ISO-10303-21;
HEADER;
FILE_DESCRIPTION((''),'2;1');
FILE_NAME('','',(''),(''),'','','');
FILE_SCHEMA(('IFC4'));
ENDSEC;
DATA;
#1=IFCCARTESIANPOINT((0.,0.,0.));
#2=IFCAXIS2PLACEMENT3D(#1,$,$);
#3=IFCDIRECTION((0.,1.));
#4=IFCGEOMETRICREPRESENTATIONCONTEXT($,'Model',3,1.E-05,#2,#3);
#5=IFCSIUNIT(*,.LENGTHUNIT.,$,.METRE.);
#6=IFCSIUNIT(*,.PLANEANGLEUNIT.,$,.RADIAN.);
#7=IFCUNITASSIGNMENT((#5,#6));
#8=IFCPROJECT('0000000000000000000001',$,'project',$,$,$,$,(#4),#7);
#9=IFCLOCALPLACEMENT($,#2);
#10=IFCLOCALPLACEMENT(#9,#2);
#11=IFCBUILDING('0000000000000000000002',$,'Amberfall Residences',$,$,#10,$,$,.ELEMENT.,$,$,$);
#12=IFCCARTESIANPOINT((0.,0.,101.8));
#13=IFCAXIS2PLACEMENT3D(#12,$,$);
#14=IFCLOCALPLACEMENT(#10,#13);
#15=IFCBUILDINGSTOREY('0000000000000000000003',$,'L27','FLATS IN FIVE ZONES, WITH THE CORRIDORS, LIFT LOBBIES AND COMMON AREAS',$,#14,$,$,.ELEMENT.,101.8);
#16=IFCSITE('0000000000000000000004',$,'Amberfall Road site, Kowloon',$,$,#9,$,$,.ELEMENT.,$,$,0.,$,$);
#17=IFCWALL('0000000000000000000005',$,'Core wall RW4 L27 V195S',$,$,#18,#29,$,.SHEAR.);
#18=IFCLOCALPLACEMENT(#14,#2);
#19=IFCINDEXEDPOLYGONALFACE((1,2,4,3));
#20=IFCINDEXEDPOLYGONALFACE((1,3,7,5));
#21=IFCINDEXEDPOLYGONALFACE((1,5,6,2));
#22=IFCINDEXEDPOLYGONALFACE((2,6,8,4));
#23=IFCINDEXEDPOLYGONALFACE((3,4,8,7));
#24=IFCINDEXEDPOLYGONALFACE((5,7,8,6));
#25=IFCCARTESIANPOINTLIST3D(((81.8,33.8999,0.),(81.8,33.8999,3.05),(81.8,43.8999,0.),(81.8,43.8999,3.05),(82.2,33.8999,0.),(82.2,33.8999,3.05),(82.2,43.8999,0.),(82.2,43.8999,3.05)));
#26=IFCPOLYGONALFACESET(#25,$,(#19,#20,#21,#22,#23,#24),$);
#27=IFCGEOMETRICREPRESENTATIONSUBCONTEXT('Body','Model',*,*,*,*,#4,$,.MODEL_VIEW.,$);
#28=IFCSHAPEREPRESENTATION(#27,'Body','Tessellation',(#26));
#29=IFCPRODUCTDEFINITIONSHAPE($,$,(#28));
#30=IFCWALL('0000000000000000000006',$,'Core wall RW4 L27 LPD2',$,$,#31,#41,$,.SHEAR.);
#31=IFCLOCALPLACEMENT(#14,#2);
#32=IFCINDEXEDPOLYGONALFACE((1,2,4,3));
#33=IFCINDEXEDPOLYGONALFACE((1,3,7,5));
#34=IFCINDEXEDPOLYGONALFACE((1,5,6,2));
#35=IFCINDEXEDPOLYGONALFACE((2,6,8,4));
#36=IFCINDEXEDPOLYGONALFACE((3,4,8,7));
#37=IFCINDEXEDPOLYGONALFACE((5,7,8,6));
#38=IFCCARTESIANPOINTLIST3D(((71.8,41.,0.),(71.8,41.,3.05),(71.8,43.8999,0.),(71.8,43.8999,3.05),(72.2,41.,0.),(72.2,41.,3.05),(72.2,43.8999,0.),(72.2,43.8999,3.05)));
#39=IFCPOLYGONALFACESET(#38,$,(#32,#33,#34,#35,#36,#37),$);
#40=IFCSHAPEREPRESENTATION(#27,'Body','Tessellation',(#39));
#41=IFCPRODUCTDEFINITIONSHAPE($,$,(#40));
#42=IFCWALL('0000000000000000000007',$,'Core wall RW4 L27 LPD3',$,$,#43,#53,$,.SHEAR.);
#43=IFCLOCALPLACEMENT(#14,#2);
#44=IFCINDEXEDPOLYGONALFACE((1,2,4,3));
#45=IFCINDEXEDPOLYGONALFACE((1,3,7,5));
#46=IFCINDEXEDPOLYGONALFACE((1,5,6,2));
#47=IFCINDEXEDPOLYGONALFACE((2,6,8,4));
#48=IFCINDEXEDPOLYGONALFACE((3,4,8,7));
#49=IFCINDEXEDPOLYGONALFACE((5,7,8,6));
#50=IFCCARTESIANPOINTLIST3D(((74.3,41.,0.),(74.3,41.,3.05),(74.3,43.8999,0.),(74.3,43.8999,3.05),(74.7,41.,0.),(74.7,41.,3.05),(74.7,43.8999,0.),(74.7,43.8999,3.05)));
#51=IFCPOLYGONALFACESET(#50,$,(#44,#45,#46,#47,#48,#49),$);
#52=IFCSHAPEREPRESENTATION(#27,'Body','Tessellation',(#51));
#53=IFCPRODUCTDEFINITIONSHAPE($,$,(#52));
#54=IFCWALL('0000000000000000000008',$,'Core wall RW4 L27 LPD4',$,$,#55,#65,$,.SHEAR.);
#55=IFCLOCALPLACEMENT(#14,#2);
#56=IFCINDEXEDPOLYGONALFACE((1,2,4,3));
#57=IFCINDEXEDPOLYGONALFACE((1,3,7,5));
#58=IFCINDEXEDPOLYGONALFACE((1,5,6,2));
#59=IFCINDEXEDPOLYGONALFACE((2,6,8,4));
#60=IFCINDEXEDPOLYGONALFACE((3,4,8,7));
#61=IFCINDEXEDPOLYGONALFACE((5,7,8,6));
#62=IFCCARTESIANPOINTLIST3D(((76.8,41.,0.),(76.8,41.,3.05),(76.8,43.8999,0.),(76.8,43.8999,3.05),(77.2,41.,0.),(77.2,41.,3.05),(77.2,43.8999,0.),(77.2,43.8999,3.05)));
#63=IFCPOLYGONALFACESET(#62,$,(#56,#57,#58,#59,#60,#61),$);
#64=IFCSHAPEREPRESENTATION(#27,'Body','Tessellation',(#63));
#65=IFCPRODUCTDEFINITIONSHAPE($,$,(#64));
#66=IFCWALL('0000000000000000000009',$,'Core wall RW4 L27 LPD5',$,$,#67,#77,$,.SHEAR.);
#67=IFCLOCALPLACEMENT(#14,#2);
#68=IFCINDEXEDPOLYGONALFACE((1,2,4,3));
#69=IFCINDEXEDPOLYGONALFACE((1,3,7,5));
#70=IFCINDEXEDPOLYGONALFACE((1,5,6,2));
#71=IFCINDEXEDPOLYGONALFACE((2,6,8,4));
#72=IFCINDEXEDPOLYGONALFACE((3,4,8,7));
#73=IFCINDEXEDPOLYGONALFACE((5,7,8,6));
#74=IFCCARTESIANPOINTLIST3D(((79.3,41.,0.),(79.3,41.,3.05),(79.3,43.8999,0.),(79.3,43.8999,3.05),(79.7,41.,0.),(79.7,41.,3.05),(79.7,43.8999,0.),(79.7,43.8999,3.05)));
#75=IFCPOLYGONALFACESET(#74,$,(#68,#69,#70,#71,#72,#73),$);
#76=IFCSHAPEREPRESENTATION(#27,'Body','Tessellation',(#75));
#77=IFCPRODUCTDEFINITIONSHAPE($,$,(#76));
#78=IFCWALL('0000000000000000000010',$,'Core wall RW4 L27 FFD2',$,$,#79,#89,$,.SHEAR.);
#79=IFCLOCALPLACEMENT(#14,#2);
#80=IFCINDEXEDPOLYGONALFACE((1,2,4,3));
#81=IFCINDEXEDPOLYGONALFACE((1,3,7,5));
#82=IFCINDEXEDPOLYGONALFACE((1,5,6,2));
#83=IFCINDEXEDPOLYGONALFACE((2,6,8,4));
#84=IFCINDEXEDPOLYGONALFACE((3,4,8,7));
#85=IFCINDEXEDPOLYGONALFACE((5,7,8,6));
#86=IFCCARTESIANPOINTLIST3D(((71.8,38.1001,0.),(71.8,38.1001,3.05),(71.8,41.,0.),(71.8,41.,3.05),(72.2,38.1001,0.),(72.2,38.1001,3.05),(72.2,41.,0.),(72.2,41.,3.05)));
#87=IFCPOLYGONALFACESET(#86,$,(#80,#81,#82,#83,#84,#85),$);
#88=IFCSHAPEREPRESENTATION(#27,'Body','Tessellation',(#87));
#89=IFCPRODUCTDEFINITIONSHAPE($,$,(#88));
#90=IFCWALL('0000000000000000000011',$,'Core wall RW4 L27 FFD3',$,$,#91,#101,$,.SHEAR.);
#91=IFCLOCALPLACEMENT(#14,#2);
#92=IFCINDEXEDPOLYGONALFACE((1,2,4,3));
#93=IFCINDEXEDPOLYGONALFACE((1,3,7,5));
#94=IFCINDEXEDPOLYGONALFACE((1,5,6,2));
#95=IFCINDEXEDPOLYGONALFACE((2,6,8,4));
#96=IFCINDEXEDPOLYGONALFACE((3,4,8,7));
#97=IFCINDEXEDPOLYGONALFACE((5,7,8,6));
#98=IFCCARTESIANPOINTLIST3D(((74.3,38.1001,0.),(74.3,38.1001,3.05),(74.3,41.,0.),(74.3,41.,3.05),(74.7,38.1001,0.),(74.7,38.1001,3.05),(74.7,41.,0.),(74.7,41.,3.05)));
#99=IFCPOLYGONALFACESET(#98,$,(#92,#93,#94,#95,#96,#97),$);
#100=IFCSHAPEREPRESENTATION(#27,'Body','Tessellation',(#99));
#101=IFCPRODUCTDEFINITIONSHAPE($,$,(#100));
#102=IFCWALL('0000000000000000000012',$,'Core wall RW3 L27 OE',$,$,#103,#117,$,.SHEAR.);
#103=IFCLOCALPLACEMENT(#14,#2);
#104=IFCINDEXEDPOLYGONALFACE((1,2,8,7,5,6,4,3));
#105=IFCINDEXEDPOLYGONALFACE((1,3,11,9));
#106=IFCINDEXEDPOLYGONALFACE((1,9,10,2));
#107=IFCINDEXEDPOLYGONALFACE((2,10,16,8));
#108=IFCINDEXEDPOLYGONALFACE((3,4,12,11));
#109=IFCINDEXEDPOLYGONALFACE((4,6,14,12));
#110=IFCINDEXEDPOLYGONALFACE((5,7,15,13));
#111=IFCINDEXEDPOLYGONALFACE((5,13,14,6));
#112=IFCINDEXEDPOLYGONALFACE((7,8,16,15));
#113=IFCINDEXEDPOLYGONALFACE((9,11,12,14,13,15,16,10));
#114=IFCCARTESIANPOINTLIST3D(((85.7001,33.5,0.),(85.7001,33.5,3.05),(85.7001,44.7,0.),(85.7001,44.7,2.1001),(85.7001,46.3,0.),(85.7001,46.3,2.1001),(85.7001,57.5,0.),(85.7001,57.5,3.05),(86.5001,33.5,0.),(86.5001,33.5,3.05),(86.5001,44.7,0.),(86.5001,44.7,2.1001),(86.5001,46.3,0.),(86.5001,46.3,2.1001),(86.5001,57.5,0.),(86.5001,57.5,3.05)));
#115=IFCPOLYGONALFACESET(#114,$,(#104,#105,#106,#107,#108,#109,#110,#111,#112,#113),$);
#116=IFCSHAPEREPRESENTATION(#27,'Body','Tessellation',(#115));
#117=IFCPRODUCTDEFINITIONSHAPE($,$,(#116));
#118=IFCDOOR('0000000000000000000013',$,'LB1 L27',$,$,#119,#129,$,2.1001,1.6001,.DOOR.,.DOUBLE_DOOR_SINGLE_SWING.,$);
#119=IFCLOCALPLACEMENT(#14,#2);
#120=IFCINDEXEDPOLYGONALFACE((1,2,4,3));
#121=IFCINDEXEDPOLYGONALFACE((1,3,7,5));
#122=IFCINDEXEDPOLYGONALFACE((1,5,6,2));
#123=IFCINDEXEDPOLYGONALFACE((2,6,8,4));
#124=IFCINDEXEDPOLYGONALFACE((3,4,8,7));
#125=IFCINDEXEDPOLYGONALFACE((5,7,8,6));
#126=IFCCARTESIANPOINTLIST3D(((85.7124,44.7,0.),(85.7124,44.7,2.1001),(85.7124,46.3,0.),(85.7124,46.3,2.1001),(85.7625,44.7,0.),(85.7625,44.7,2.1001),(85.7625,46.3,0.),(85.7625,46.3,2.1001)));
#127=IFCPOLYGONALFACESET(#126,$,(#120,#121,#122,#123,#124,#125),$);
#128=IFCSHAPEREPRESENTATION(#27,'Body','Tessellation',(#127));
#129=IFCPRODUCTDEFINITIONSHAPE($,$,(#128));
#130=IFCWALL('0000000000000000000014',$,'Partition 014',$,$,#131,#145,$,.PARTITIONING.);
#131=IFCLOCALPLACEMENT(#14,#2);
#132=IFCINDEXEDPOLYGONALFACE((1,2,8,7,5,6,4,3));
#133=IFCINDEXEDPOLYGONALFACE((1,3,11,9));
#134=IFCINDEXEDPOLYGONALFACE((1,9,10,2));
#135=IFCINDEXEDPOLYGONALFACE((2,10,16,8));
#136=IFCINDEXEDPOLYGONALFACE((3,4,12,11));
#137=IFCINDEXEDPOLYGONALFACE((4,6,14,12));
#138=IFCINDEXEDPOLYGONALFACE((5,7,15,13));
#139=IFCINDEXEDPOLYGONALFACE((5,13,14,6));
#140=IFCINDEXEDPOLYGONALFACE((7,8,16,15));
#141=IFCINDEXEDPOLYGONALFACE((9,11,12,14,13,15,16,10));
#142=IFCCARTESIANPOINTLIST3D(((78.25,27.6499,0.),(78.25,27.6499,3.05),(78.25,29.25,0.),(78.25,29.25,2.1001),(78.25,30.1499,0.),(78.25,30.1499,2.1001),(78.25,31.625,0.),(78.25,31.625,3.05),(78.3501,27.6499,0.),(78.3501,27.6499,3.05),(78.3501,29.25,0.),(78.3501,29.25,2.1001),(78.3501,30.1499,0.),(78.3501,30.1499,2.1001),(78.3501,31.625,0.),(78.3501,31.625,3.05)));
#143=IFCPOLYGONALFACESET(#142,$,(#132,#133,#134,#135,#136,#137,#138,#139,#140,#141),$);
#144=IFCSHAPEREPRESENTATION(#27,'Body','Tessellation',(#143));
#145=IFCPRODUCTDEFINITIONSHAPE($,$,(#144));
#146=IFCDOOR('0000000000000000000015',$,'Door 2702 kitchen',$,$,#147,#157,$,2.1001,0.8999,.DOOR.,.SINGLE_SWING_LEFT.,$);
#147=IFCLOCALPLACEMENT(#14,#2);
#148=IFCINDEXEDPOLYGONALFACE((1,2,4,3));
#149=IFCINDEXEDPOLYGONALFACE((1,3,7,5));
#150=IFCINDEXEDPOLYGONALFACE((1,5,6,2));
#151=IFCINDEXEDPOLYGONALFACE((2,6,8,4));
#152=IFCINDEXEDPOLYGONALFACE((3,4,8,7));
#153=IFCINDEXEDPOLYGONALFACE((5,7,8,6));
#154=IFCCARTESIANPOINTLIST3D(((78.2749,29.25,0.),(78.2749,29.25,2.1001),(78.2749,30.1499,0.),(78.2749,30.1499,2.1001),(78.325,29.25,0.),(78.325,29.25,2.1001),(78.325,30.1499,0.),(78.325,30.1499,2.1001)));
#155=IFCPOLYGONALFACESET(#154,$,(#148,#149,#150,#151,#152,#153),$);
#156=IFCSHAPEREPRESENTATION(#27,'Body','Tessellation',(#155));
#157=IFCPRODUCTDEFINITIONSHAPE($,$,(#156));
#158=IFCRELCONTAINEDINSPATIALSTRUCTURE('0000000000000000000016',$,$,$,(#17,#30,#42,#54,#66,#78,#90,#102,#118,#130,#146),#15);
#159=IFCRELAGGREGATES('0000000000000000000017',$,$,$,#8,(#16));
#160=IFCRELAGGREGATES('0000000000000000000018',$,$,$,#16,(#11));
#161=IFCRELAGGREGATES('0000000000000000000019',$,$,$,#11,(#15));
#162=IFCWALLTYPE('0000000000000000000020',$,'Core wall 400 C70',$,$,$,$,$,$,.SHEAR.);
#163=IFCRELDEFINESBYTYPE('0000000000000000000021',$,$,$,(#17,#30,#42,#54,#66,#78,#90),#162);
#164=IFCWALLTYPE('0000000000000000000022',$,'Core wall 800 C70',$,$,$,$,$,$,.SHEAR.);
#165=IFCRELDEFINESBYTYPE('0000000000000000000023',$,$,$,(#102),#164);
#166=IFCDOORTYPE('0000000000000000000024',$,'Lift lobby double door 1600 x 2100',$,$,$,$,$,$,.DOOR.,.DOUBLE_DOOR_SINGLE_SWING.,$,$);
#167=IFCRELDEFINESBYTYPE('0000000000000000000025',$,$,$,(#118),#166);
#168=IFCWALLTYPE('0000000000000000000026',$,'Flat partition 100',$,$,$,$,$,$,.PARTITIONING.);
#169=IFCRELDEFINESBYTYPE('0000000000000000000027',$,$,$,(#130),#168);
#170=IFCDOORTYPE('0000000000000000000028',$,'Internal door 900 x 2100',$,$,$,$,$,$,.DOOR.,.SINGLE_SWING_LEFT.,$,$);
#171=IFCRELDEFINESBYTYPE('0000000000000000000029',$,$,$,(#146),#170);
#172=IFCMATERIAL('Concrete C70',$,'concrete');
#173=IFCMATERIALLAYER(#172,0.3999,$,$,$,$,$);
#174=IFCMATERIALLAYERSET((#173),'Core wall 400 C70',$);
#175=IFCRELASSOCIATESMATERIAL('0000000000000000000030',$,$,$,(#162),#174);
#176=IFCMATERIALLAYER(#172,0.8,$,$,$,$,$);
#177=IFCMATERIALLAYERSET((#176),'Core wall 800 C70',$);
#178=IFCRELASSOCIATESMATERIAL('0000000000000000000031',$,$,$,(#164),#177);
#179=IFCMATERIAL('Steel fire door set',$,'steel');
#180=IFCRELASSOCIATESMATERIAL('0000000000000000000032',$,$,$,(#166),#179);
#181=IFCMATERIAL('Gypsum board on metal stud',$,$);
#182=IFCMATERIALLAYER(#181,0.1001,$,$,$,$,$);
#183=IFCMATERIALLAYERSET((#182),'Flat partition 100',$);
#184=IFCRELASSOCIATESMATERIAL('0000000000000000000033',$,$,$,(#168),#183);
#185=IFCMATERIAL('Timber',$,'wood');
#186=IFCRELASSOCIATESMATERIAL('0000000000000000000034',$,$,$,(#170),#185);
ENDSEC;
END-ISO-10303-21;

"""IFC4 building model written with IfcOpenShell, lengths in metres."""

from ifc_helpers import new_model, si_unit, direction, frame, frame_2d, origin, place, context, subcontext, project, spatial, rectangle, extrude, material, layer, layer_set, type_object, element, fill, save


model = new_model("IFC4")

# Units and contexts
model_context = context("Model", 3, precision=1e-05, world=origin(), true_north=direction((0.0, 1.0)))
body_context = subcontext(model_context, "Body", "Model", "MODEL_VIEW")
ifc_project = project(units=[si_unit("LENGTHUNIT", "METRE"), si_unit("PLANEANGLEUNIT", "RADIAN")], contexts=[model_context])

# Site, building, storey
site_placement = place(None, origin())
site = spatial("IfcSite", under=ifc_project, at=site_placement, Name="Amberfall Road site, Kowloon", CompositionType="ELEMENT", RefElevation=0.0)
building_placement = place(site_placement, origin())
building = spatial("IfcBuilding", under=site, at=building_placement, Name="Amberfall Residences", CompositionType="ELEMENT")
storey_placement = place(building_placement, frame((0.0, 0.0, 101.8)))
storey = spatial("IfcBuildingStorey", under=building, at=storey_placement, Name="L27", Description="FLATS IN FIVE ZONES, WITH THE CORRIDORS, LIFT LOBBIES AND COMMON AREAS", CompositionType="ELEMENT", Elevation=101.8)

# Walls
ifc_material_1 = material(Name="Concrete C70", Category="concrete")
ifc_layer_1 = layer(ifc_material_1, 0.3999)
ifc_layer_set_1 = layer_set([ifc_layer_1], Name="Core wall 400 C70")
wall_type_1 = type_object("IfcWallType", Name="Core wall 400 C70", PredefinedType="SHEAR", material=ifc_layer_set_1)
wall_1_placement = place(storey_placement, frame((82.0, 33.8999, 0.0), z_axis=(0.0, 0.0, 1.0), x_axis=(0.0, 1.0, 0.0)))
element("IfcWall", 1, at=wall_1_placement, inside=storey, type_object=wall_type_1, Name="Core wall RW4 L27 V195S", PredefinedType="SHEAR", context=body_context, shape_type="SweptSolid", body=[
    extrude(rectangle(XDim=10.0, YDim=0.3999, at=frame_2d((5.0, 0.0))), origin(), (0.0, 0.0, 1.0), 3.05),
])
for number, where, z_axis, x_axis, name in (
    (2, (72.0, 41.0, 0.0), (0.0, 0.0, 1.0), (0.0, 1.0, 0.0), "Core wall RW4 L27 LPD2"),
    (3, (74.5, 41.0, 0.0), (0.0, 0.0, 1.0), (0.0, 1.0, 0.0), "Core wall RW4 L27 LPD3"),
    (4, (77.0, 41.0, 0.0), (0.0, 0.0, 1.0), (0.0, 1.0, 0.0), "Core wall RW4 L27 LPD4"),
    (5, (79.5, 41.0, 0.0), (0.0, 0.0, 1.0), (0.0, 1.0, 0.0), "Core wall RW4 L27 LPD5"),
    (6, (72.0, 38.1001, 0.0), (0.0, 0.0, 1.0), (0.0, 1.0, 0.0), "Core wall RW4 L27 FFD2"),
    (7, (74.5, 38.1001, 0.0), (0.0, 0.0, 1.0), (0.0, 1.0, 0.0), "Core wall RW4 L27 FFD3"),
):
    element("IfcWall", number, at=place(storey_placement, frame(where, z_axis=z_axis, x_axis=x_axis)), inside=storey, type_object=wall_type_1, Name=name, PredefinedType="SHEAR", context=body_context, shape_type="SweptSolid", body=[
        extrude(rectangle(XDim=2.8999, YDim=0.3999, at=frame_2d((1.45, 0.0))), origin(), (0.0, 0.0, 1.0), 3.05),
    ])

# Walls, openings, doors
ifc_layer_2 = layer(ifc_material_1, 0.8)
ifc_layer_set_2 = layer_set([ifc_layer_2], Name="Core wall 800 C70")
wall_type_2 = type_object("IfcWallType", Name="Core wall 800 C70", PredefinedType="SHEAR", material=ifc_layer_set_2)
wall_2_placement = place(storey_placement, frame((86.1001, 33.5, 0.0), z_axis=(0.0, 0.0, 1.0), x_axis=(0.0, 1.0, 0.0)))
wall_2 = element("IfcWall", 8, at=wall_2_placement, inside=storey, type_object=wall_type_2, Name="Core wall RW3 L27 OE", PredefinedType="SHEAR", context=body_context, shape_type="SweptSolid", body=[
    extrude(rectangle(XDim=24.0, YDim=0.8, at=frame_2d((12.0, 0.0))), origin(), (0.0, 0.0, 1.0), 3.05),
])
opening_1_placement = place(wall_2_placement, frame((11.2, 0.0, 0.0)))
opening_1 = element("IfcOpeningElement", 9, at=opening_1_placement, cuts=wall_2, PredefinedType="OPENING", context=body_context, shape_type="SweptSolid", body=[
    extrude(rectangle(XDim=1.6001, YDim=2.1001, at=frame_2d((0.8, 1.05))), frame((0.0, 0.4099, 0.0), z_axis=(0.0, -1.0, 0.0), x_axis=(1.0, 0.0, 0.0)), (0.0, 0.0, 1.0), 0.8201),
])
ifc_material_2 = material(Name="Steel fire door set", Category="steel")
door_type_1 = type_object("IfcDoorType", Name="Lift lobby double door 1600 x 2100", OperationType="DOUBLE_DOOR_SINGLE_SWING", PredefinedType="DOOR", material=ifc_material_2)
door_1_placement = place(opening_1_placement, origin())
door_1 = element("IfcDoor", 10, at=door_1_placement, inside=storey, type_object=door_type_1, Name="LB1 L27", OperationType="DOUBLE_DOOR_SINGLE_SWING", OverallHeight=2.1001, OverallWidth=1.6001, PredefinedType="DOOR", context=body_context, shape_type="SweptSolid", body=[
    extrude(rectangle(XDim=1.6001, YDim=2.1001, at=frame_2d((0.8, 1.05))), frame((0.0, 0.3877, 0.0), z_axis=(0.0, -1.0, 0.0), x_axis=(1.0, 0.0, 0.0)), (0.0, 0.0, 1.0), 0.05),
])
fill(opening_1, door_1)
ifc_material_3 = material(Name="Gypsum board on metal stud")
ifc_layer_3 = layer(ifc_material_3, 0.1001)
ifc_layer_set_3 = layer_set([ifc_layer_3], Name="Flat partition 100")
wall_type_3 = type_object("IfcWallType", Name="Flat partition 100", PredefinedType="PARTITIONING", material=ifc_layer_set_3)
wall_3_placement = place(storey_placement, frame((78.3, 31.625, 0.0), z_axis=(0.0, 0.0, 1.0), x_axis=(0.0, -1.0, 0.0)))
wall_3 = element("IfcWall", 11, at=wall_3_placement, inside=storey, type_object=wall_type_3, Name="Partition 014", PredefinedType="PARTITIONING", context=body_context, shape_type="SweptSolid", body=[
    extrude(rectangle(XDim=3.9751, YDim=0.1001, at=frame_2d((1.9875, 0.0))), origin(), (0.0, 0.0, 1.0), 3.05),
])
opening_2_placement = place(wall_3_placement, frame((1.4751, 0.0, 0.0)))
opening_2 = element("IfcOpeningElement", 12, at=opening_2_placement, cuts=wall_3, PredefinedType="OPENING", context=body_context, shape_type="SweptSolid", body=[
    extrude(rectangle(XDim=0.8999, YDim=2.1001, at=frame_2d((0.45, 1.05))), frame((0.0, 0.0601, 0.0), z_axis=(0.0, -1.0, 0.0), x_axis=(1.0, 0.0, 0.0)), (0.0, 0.0, 1.0), 0.1201),
])
ifc_material_4 = material(Name="Timber", Category="wood")
door_type_2 = type_object("IfcDoorType", Name="Internal door 900 x 2100", OperationType="SINGLE_SWING_LEFT", PredefinedType="DOOR", material=ifc_material_4)
door_2_placement = place(opening_2_placement, origin())
door_2 = element("IfcDoor", 13, at=door_2_placement, inside=storey, type_object=door_type_2, Name="Door 2702 kitchen", OperationType="SINGLE_SWING_LEFT", OverallHeight=2.1001, OverallWidth=0.8999, PredefinedType="DOOR", context=body_context, shape_type="SweptSolid", body=[
    extrude(rectangle(XDim=0.8999, YDim=2.1001, at=frame_2d((0.45, 1.05))), frame((0.0, 0.0249, 0.0), z_axis=(0.0, -1.0, 0.0), x_axis=(1.0, 0.0, 0.0)), (0.0, 0.0, 1.0), 0.05),
])
fill(opening_2, door_2)

save(model, "model.ifc")
